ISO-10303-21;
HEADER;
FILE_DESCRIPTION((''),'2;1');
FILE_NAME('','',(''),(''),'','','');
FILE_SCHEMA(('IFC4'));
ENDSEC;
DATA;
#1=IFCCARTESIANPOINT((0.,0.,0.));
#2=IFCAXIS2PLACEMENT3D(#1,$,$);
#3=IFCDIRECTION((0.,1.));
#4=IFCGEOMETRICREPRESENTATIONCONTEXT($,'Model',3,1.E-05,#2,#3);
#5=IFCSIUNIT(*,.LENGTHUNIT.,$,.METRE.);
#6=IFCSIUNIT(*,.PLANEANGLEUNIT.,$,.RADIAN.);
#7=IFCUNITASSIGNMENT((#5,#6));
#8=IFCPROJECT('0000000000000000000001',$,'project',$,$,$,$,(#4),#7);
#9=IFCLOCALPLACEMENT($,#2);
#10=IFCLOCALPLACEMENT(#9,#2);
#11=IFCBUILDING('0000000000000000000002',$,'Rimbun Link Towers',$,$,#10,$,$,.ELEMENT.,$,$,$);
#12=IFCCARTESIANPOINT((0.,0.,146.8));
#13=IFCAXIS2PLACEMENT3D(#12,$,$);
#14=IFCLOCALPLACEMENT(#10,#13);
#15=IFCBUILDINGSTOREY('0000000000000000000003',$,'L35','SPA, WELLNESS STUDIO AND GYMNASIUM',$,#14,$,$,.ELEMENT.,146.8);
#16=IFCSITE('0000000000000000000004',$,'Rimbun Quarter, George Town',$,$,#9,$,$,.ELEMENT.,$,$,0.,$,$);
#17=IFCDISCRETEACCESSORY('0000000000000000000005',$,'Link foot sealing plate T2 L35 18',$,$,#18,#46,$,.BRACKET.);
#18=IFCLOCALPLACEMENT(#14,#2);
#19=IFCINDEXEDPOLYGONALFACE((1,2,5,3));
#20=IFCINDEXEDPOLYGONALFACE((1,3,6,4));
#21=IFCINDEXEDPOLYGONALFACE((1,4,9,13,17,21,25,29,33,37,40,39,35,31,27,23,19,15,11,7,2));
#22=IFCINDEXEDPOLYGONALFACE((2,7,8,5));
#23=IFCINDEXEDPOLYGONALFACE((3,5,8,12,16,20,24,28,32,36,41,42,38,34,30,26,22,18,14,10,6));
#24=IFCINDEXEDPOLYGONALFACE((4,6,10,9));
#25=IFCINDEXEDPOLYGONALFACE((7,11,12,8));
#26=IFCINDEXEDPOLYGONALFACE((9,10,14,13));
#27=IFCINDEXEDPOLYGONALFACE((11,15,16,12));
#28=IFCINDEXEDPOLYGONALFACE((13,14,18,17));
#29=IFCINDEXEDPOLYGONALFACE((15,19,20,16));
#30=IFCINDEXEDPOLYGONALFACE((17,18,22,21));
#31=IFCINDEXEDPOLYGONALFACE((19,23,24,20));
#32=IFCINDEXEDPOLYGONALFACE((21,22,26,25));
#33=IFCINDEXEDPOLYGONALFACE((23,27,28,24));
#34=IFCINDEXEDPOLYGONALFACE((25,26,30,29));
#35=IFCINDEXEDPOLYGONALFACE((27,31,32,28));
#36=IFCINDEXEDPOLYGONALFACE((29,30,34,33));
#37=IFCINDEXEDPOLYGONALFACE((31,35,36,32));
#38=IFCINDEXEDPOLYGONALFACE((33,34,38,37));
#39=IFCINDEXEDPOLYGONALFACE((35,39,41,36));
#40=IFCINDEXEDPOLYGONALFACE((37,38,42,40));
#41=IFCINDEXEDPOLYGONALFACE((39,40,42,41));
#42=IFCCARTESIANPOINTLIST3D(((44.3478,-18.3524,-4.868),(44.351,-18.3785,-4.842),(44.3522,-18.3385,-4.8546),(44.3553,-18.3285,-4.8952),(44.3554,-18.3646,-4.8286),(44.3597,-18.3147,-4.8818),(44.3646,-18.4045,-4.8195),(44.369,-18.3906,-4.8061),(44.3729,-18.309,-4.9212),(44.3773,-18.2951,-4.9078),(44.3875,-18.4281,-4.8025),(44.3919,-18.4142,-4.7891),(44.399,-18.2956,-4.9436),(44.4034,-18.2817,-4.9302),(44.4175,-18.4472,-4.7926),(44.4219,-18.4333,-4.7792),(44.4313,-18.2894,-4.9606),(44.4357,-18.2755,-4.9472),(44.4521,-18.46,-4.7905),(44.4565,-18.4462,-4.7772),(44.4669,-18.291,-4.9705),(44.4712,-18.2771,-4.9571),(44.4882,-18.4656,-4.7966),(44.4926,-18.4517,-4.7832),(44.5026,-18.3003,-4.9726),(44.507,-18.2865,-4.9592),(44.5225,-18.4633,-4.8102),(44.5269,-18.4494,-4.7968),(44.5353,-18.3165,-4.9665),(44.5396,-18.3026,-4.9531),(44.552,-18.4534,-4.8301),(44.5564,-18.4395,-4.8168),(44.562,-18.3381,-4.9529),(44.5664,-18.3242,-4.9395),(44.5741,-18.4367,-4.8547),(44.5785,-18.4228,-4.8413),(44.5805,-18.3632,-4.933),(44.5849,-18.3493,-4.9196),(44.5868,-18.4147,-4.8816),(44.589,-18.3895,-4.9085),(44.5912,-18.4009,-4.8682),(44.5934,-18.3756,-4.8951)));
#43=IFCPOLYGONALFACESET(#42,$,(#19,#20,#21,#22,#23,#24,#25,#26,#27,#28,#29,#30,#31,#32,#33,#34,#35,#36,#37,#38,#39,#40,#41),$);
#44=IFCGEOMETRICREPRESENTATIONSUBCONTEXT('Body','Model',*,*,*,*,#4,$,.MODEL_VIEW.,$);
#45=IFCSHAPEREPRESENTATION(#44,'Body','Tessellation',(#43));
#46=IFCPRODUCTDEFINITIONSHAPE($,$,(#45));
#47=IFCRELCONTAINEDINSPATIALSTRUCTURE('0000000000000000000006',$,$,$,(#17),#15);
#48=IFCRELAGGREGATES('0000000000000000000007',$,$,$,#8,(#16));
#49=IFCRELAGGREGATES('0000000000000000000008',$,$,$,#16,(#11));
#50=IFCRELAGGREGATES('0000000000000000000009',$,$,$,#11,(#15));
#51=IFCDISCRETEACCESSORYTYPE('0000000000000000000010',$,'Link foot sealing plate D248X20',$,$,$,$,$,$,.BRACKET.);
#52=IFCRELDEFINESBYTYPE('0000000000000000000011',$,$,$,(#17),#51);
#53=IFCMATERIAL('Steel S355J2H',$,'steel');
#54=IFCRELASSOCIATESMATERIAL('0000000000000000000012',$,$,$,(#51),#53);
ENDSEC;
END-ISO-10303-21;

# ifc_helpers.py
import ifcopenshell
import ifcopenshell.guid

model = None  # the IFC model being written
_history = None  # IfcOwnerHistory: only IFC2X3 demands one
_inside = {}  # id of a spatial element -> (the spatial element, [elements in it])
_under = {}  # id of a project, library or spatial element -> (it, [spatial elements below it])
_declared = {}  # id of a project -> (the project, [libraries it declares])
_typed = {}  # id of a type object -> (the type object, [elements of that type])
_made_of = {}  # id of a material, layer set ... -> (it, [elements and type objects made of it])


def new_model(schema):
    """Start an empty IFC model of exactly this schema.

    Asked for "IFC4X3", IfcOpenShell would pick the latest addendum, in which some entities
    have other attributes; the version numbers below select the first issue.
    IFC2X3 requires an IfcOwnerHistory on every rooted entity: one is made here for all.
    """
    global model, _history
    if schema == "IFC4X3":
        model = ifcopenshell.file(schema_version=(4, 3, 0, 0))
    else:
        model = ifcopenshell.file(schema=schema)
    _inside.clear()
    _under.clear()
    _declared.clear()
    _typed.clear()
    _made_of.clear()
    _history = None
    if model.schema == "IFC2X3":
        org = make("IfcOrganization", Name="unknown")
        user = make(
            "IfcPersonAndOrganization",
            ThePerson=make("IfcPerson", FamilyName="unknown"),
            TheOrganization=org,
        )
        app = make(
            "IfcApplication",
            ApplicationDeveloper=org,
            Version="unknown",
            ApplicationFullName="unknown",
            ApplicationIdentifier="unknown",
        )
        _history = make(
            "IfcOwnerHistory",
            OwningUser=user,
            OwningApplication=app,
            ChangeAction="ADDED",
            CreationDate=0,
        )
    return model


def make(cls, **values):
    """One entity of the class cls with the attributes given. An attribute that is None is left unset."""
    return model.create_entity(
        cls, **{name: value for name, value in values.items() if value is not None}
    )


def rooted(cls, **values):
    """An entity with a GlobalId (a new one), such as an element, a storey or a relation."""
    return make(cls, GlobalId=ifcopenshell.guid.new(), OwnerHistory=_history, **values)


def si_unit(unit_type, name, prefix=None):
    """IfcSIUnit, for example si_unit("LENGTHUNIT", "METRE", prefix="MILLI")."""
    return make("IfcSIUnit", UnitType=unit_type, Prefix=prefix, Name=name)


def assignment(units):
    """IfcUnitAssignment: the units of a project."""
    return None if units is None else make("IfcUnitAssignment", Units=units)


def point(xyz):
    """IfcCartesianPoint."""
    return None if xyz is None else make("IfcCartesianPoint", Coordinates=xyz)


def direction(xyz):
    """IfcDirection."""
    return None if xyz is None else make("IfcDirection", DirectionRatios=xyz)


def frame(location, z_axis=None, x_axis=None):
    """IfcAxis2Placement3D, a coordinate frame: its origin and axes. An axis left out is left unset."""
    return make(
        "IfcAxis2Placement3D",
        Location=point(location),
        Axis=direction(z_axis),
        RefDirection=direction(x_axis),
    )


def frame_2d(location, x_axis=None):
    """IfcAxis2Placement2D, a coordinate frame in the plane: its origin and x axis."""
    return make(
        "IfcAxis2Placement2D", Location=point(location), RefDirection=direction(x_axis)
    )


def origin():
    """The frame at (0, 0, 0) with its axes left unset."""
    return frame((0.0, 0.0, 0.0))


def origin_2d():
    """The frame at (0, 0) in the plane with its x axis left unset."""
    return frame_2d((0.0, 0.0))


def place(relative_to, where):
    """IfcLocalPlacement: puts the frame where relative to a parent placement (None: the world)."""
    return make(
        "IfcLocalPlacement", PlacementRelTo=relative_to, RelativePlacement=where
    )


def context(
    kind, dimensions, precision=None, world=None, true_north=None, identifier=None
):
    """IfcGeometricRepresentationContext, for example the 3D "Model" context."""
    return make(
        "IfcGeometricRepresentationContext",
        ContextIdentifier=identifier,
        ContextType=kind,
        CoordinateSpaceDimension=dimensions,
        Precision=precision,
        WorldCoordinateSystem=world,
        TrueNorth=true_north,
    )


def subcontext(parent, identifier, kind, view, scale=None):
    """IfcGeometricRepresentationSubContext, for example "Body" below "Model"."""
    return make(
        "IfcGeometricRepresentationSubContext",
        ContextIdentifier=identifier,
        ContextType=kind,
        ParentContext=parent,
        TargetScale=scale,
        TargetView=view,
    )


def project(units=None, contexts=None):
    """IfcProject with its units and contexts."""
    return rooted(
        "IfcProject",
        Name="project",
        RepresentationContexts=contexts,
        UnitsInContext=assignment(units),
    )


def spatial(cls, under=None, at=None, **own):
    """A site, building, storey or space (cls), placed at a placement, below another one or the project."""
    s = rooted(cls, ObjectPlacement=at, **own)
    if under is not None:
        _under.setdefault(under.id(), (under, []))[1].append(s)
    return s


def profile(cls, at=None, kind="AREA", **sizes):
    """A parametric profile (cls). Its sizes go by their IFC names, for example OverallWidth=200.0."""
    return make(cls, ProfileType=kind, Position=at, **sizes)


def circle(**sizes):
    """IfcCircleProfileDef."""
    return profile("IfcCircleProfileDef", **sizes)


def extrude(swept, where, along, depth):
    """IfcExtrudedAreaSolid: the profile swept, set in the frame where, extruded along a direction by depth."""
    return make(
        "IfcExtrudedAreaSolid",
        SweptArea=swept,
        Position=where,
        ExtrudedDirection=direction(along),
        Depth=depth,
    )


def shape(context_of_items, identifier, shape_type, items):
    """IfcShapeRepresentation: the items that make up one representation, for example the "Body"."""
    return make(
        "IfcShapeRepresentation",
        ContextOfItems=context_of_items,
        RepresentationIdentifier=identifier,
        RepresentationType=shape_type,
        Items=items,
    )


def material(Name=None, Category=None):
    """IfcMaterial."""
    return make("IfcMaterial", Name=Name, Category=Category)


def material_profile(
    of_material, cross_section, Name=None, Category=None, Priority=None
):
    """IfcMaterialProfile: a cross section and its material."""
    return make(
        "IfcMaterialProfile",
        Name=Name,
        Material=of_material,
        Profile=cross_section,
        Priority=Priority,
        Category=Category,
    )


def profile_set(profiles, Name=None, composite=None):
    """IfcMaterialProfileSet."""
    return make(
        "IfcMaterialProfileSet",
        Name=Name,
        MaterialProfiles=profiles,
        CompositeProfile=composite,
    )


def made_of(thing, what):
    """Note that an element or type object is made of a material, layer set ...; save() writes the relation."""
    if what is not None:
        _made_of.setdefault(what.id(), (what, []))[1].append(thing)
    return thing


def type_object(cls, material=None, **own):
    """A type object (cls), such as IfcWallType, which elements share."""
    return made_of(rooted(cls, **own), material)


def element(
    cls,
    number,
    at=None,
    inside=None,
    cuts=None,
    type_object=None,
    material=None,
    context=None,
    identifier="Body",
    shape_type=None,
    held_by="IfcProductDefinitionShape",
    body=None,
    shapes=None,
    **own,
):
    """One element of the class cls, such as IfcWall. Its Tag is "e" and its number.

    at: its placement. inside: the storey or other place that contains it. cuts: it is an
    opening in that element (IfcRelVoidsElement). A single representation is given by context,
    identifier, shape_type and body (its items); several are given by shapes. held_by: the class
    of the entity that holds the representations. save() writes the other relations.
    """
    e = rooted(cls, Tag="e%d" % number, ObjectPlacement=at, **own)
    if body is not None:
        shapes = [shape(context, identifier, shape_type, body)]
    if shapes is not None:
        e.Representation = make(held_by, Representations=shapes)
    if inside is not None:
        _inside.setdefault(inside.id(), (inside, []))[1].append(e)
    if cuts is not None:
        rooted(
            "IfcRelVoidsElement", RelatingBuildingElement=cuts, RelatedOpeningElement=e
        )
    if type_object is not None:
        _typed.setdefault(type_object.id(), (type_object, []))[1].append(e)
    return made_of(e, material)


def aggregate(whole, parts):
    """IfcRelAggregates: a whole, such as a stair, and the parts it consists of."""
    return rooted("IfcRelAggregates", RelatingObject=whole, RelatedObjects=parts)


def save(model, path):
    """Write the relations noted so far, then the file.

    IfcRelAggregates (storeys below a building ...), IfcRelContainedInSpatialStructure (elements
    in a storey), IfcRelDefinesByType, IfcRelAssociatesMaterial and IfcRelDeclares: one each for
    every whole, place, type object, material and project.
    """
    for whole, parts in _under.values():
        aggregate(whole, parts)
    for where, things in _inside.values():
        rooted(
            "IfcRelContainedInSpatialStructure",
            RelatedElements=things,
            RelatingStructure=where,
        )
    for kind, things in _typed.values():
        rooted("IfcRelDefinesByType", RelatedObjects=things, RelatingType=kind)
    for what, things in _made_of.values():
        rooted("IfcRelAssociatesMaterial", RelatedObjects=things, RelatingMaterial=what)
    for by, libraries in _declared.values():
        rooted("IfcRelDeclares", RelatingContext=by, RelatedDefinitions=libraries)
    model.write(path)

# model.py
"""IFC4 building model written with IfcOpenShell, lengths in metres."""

from ifc_helpers import new_model, si_unit, direction, frame, origin, origin_2d, place, context, subcontext, project, spatial, circle, extrude, material, material_profile, profile_set, type_object, element, save


model = new_model("IFC4")

# Units and contexts
model_context = context("Model", 3, precision=1e-05, world=origin(), true_north=direction((0.0, 1.0)))
body_context = subcontext(model_context, "Body", "Model", "MODEL_VIEW")
ifc_project = project(units=[si_unit("LENGTHUNIT", "METRE"), si_unit("PLANEANGLEUNIT", "RADIAN")], contexts=[model_context])

# Site, building, storey
site_placement = place(None, origin())
site = spatial("IfcSite", under=ifc_project, at=site_placement, Name="Rimbun Quarter, George Town", CompositionType="ELEMENT", RefElevation=0.0)
building_placement = place(site_placement, origin())
building = spatial("IfcBuilding", under=site, at=building_placement, Name="Rimbun Link Towers", CompositionType="ELEMENT")
storey_placement = place(building_placement, frame((0.0, 0.0, 146.8)))
storey = spatial("IfcBuildingStorey", under=building, at=storey_placement, Name="L35", Description="SPA, WELLNESS STUDIO AND GYMNASIUM", CompositionType="ELEMENT", Elevation=146.8)

# Discrete accessory
ifc_material_1 = material(Name="Steel S355J2H", Category="steel")
ifc_material_profile_1 = material_profile(ifc_material_1, circle(Radius=0.124, at=origin_2d()), Name="PL D248")
ifc_profile_set_1 = profile_set([ifc_material_profile_1], Name="Steel S355J2H")
discrete_accessory_type = type_object("IfcDiscreteAccessoryType", Name="Link foot sealing plate D248X20", PredefinedType="BRACKET", material=ifc_profile_set_1)
discrete_accessory_placement = place(storey_placement, frame((44.4729, -18.3635, -4.8682), z_axis=(-0.221598, -0.701728, -0.677106), x_axis=(0.953583, -0.301131, 0.0)))
element("IfcDiscreteAccessory", 1, at=discrete_accessory_placement, inside=storey, type_object=discrete_accessory_type, Name="Link foot sealing plate T2 L35 18", PredefinedType="BRACKET", context=body_context, shape_type="SweptSolid", body=[
    extrude(circle(Radius=0.124, at=origin_2d()), origin(), (0.0, 0.0, 1.0), 0.0198),
])

save(model, "model.ifc")
